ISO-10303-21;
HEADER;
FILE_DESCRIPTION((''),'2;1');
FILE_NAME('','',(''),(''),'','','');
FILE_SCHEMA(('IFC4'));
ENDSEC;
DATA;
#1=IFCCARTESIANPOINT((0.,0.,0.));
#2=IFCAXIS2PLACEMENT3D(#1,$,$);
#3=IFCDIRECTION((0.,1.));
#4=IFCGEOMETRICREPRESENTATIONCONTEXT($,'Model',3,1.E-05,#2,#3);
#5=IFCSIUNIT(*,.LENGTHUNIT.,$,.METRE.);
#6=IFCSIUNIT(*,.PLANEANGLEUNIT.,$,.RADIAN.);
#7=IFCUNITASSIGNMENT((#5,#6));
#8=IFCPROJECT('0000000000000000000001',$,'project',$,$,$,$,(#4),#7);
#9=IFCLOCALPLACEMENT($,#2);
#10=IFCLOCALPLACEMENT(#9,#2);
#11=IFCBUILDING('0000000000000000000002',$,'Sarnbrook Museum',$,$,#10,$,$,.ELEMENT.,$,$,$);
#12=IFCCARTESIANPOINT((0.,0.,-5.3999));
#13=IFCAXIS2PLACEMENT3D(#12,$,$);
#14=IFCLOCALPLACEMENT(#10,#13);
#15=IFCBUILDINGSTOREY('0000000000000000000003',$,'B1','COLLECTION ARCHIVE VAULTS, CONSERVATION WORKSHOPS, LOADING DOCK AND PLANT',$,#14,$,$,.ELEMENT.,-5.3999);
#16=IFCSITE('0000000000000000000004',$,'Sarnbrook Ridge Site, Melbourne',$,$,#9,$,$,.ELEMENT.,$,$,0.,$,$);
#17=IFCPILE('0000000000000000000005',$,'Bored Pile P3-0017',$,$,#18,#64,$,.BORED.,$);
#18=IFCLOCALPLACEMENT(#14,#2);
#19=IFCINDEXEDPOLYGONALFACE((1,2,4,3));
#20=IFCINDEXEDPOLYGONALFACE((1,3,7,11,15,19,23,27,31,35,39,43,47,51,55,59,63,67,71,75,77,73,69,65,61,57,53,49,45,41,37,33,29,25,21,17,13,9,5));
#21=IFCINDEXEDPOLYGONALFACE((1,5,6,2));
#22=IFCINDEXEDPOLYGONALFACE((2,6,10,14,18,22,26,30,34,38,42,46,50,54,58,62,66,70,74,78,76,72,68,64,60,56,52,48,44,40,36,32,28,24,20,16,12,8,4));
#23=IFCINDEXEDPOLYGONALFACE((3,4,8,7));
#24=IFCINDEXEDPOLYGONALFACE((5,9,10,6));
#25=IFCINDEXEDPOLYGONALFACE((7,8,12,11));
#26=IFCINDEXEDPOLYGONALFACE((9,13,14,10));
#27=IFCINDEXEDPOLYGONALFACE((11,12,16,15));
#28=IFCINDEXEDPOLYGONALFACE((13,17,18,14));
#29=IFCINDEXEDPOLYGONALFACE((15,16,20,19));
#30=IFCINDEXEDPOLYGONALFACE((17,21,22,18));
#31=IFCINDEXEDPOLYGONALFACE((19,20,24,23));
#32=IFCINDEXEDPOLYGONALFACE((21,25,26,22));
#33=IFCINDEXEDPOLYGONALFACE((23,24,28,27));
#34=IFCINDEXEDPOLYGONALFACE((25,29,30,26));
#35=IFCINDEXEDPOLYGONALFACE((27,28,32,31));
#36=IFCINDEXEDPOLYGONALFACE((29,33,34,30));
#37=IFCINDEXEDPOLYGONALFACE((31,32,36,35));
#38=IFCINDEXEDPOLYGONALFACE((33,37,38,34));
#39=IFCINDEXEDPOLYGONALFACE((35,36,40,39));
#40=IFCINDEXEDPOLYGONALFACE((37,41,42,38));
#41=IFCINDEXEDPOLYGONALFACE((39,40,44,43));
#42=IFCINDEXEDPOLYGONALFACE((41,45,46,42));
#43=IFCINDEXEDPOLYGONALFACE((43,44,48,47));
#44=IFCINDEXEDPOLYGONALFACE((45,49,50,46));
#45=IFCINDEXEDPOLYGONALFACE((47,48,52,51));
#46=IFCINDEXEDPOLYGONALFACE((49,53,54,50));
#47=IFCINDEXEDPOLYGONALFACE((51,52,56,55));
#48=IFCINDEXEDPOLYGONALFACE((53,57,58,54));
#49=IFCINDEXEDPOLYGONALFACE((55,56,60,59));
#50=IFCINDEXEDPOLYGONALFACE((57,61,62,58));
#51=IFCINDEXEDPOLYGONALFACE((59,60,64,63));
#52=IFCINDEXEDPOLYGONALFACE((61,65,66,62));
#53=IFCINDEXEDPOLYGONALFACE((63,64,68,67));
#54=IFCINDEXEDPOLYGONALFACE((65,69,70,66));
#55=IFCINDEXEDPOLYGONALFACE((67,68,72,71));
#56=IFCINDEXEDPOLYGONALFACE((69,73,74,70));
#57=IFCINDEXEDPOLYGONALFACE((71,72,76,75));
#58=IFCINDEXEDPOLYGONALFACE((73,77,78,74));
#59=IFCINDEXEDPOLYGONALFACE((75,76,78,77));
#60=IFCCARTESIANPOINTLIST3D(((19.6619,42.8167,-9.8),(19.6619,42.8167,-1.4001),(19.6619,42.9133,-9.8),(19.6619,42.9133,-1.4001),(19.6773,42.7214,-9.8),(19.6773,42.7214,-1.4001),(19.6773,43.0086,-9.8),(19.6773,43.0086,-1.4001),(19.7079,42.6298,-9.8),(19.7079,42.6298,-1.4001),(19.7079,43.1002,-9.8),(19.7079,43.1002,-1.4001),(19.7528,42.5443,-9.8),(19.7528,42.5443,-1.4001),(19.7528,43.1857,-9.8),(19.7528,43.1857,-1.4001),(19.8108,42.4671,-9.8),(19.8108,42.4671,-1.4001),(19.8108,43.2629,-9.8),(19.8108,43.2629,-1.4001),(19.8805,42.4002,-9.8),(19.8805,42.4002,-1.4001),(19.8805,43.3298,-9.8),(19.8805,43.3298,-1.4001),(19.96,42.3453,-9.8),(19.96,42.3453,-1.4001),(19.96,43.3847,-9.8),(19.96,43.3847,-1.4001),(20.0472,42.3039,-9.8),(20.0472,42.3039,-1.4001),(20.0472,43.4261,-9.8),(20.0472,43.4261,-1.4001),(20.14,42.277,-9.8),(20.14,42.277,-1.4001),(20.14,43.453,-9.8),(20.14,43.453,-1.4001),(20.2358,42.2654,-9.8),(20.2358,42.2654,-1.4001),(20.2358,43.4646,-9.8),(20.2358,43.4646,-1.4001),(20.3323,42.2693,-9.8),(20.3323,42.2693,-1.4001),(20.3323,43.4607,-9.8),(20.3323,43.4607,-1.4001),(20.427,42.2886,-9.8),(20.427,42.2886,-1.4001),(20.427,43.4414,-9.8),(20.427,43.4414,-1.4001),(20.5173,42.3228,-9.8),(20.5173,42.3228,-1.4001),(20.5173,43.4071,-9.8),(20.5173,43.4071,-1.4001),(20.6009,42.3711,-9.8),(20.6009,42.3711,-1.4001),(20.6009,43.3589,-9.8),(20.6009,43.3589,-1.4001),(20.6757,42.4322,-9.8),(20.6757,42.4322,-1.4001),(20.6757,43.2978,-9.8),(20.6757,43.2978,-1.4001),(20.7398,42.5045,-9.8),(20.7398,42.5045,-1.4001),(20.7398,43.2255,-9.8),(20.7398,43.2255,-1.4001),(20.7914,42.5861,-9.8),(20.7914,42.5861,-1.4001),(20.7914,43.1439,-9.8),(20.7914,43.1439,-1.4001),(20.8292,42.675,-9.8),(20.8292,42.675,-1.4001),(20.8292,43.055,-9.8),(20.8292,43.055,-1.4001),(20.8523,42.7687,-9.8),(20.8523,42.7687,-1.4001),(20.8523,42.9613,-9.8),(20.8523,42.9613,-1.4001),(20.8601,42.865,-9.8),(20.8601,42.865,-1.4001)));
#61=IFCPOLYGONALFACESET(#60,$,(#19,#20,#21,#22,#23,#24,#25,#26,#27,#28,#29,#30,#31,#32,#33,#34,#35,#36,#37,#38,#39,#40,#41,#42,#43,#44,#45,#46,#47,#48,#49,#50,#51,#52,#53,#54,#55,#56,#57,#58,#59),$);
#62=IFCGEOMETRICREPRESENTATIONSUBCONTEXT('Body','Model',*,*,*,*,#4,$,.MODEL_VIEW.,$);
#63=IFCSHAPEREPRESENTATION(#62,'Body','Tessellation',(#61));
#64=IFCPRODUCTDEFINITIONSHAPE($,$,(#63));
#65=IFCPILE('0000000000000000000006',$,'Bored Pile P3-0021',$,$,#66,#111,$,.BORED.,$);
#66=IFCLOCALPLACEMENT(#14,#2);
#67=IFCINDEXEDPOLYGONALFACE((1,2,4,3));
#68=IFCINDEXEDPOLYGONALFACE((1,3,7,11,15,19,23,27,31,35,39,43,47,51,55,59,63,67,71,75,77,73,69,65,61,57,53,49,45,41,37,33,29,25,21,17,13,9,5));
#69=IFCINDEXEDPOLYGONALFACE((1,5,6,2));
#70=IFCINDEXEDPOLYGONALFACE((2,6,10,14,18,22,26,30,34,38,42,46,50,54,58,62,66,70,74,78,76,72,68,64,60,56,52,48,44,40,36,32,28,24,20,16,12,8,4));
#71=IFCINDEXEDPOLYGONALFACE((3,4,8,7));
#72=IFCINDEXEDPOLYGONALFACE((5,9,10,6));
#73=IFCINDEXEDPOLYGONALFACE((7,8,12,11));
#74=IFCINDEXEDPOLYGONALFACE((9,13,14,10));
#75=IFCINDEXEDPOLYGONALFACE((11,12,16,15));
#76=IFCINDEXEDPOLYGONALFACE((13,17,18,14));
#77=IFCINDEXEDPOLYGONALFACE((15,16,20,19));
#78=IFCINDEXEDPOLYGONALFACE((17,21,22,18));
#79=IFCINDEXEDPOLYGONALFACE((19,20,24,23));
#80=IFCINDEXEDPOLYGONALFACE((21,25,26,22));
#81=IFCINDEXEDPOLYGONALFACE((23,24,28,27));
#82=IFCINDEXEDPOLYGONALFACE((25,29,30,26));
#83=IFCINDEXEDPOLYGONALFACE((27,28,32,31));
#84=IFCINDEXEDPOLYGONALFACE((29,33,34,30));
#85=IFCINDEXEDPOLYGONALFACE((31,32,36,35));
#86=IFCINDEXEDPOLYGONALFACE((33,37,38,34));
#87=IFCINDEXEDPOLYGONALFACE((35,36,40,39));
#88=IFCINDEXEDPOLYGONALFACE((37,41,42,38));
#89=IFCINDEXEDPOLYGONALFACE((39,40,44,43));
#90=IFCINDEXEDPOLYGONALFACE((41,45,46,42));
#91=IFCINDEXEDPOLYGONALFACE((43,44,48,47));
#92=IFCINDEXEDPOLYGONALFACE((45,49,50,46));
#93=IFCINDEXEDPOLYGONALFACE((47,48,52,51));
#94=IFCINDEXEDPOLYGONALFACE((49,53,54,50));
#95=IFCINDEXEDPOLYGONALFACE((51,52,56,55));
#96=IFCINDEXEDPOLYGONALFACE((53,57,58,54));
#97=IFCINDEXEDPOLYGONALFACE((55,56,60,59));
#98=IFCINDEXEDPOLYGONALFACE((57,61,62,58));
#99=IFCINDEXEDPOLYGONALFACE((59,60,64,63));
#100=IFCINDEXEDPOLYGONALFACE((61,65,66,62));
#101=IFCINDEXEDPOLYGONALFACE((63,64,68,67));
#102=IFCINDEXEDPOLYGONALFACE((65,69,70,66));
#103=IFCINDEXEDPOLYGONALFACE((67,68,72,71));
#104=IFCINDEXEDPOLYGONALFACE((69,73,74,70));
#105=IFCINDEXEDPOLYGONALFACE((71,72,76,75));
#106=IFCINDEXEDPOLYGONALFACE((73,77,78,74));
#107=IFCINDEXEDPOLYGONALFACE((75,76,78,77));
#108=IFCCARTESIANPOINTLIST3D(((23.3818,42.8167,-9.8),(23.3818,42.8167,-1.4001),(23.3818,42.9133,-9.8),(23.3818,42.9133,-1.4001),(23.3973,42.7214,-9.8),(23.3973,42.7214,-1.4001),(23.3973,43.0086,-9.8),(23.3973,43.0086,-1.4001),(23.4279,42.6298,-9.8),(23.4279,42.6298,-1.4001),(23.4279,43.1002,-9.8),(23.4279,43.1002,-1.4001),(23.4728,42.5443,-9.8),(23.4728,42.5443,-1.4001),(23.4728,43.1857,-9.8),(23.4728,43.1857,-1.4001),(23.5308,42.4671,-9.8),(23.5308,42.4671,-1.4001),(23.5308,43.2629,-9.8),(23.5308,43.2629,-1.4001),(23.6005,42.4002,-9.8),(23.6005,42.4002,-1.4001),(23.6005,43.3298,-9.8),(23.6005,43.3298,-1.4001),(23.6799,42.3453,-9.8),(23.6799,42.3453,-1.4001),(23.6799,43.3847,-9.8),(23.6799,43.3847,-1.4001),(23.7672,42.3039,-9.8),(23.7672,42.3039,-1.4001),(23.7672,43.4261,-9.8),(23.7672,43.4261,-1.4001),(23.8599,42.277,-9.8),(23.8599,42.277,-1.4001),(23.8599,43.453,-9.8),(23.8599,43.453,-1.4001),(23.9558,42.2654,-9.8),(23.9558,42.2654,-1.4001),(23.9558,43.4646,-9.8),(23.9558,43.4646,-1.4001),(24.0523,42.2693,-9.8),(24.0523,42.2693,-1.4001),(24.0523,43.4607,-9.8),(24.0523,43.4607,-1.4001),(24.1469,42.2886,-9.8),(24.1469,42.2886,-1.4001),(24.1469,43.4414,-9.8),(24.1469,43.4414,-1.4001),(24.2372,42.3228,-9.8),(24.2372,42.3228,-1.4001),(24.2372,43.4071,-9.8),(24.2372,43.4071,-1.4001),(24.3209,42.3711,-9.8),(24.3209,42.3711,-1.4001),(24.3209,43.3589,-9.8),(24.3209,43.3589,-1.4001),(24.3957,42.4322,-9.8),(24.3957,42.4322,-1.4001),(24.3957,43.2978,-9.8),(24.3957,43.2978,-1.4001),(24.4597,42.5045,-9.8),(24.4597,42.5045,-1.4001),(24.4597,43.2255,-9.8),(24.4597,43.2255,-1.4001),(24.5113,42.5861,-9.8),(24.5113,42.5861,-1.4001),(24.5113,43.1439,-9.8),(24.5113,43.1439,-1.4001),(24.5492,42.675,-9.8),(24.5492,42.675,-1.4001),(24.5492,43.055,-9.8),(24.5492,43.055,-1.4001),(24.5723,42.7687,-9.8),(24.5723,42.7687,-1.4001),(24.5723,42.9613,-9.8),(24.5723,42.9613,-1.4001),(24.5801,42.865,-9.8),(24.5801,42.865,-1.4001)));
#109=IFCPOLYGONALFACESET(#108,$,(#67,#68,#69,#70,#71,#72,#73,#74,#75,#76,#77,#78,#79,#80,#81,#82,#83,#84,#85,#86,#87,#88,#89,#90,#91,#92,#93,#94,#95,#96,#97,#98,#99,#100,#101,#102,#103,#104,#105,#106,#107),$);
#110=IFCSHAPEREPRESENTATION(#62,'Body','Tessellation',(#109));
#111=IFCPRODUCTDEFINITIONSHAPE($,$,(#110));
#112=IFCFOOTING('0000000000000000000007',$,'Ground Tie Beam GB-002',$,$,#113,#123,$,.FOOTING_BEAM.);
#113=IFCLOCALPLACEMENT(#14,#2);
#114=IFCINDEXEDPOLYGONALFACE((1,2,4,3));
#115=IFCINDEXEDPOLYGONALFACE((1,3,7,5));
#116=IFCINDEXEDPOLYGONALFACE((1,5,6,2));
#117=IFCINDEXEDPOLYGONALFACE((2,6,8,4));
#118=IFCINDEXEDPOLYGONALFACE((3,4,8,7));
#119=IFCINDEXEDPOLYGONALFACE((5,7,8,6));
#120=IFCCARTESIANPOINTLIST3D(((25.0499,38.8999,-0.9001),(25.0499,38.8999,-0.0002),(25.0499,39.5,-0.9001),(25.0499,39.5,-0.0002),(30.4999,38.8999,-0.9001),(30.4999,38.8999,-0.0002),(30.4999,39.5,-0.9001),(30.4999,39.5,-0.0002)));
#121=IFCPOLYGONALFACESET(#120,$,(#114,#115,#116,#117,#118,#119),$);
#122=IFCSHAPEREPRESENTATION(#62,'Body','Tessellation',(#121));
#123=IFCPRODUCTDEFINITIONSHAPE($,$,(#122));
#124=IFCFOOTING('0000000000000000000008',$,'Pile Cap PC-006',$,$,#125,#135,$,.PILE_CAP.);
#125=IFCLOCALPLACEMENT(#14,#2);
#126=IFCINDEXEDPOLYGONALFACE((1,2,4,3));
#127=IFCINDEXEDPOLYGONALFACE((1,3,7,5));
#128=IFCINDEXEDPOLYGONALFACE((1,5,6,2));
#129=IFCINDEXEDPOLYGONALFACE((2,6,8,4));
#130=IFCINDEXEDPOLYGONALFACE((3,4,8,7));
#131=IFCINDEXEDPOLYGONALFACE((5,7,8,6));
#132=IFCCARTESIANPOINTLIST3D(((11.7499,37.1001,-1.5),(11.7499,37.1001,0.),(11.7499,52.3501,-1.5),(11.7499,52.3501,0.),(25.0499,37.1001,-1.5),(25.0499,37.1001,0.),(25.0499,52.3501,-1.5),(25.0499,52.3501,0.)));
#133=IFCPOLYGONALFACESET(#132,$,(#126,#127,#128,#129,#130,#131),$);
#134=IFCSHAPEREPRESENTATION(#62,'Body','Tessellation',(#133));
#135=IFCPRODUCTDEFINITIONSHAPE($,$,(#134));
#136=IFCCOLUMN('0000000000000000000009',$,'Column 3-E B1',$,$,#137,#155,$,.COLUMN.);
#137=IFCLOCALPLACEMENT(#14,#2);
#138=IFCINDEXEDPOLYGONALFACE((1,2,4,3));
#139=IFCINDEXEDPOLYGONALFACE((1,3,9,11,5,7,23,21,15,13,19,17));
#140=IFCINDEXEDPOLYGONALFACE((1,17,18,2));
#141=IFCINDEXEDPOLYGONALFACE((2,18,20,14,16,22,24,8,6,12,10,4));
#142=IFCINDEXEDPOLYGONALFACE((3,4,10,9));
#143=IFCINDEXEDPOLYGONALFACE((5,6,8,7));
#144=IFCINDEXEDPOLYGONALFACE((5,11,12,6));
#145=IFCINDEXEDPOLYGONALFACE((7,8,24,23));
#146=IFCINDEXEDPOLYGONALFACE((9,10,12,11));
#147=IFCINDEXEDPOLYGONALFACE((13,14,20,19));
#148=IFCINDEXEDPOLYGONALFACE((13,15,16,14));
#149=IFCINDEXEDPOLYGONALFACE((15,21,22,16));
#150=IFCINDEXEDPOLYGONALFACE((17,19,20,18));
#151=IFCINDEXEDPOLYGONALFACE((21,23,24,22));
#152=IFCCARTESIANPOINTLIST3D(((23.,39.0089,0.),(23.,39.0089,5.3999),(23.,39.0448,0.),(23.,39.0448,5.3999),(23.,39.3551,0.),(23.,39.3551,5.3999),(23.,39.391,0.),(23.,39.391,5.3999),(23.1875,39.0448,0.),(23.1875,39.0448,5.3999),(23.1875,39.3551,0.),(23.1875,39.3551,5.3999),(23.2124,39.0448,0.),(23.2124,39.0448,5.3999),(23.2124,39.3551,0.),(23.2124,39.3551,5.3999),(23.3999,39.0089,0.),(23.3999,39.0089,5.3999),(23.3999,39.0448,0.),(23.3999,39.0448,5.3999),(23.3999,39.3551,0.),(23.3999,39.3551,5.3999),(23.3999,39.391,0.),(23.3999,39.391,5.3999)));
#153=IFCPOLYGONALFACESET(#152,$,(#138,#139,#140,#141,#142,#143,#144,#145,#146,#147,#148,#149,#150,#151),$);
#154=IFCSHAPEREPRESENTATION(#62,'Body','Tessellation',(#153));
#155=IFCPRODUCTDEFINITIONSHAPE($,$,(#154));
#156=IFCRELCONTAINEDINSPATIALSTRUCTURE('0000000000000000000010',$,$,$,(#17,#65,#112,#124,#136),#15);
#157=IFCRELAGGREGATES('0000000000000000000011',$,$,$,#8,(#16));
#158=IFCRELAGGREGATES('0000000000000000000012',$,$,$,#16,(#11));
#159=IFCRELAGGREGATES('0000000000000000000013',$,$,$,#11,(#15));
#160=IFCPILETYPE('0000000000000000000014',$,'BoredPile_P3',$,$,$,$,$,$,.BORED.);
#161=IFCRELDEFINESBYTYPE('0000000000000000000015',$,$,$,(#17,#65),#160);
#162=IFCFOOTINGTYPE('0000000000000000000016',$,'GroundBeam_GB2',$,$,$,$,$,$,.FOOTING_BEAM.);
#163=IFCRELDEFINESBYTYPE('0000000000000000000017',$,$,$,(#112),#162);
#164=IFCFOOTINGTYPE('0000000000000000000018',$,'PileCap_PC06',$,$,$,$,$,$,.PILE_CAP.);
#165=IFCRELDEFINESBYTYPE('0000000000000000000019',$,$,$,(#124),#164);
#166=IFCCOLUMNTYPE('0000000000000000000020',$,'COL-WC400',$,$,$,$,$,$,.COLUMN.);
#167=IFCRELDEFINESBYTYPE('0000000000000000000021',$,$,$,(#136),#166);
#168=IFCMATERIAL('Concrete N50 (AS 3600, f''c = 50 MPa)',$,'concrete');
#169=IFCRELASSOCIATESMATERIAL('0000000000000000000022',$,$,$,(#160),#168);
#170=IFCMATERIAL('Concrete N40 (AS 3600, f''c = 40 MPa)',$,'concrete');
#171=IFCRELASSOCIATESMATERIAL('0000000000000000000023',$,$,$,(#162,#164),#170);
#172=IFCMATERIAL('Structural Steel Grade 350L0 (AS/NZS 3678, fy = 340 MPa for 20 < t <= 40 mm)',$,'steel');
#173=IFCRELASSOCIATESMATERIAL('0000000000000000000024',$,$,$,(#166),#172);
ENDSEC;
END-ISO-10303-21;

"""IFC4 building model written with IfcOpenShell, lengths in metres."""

from ifc_helpers import new_model, si_unit, direction, frame, origin, origin_2d, place, context, subcontext, project, spatial, rectangle, circle, i_section, extrude, material, material_profile, profile_set, type_object, element, save


model = new_model("IFC4")

# Units and contexts
model_context = context("Model", 3, precision=1e-05, world=origin(), true_north=direction((0.0, 1.0)))
body_context = subcontext(model_context, "Body", "Model", "MODEL_VIEW")
ifc_project = project(units=[si_unit("LENGTHUNIT", "METRE"), si_unit("PLANEANGLEUNIT", "RADIAN")], contexts=[model_context])

# Site, building, storey
site_placement = place(None, origin())
site = spatial("IfcSite", under=ifc_project, at=site_placement, Name="Sarnbrook Ridge Site, Melbourne", CompositionType="ELEMENT", RefElevation=0.0)
building_placement = place(site_placement, origin())
building = spatial("IfcBuilding", under=site, at=building_placement, Name="Sarnbrook Museum", CompositionType="ELEMENT")
storey_placement = place(building_placement, frame((0.0, 0.0, -5.3999)))
storey = spatial("IfcBuildingStorey", under=building, at=storey_placement, Name="B1", Description="COLLECTION ARCHIVE VAULTS, CONSERVATION WORKSHOPS, LOADING DOCK AND PLANT", CompositionType="ELEMENT", Elevation=-5.3999)

# Piles
ifc_material_1 = material(Name="Concrete N50 (AS 3600, f'c = 50 MPa)", Category="concrete")
ifc_material_profile_1 = material_profile(ifc_material_1, circle(Radius=0.6001, at=origin_2d()), Name="BORED PILE D1200")
ifc_profile_set_1 = profile_set([ifc_material_profile_1], Name="Concrete N50 (AS 3600, f'c = 50 MPa)")
pile_type = type_object("IfcPileType", Name="BoredPile_P3", PredefinedType="BORED", material=ifc_profile_set_1)
for number, where, z_axis, x_axis, name in (
    (1, (20.26, 42.865, -1.4001), (0.0, 0.0, -1.0), (1.0, 0.0, 0.0), "Bored Pile P3-0017"),
    (2, (23.98, 42.865, -1.4001), (0.0, 0.0, -1.0), (1.0, 0.0, 0.0), "Bored Pile P3-0021"),
):
    element("IfcPile", number, at=place(storey_placement, frame(where, z_axis=z_axis, x_axis=x_axis)), inside=storey, type_object=pile_type, Name=name, PredefinedType="BORED", context=body_context, shape_type="SweptSolid", body=[
        extrude(circle(Radius=0.6001, at=origin_2d()), origin(), (0.0, 0.0, 1.0), 8.3999),
    ])

# Footings
ifc_material_2 = material(Name="Concrete N40 (AS 3600, f'c = 40 MPa)", Category="concrete")
footing_type_1 = type_object("IfcFootingType", Name="GroundBeam_GB2", PredefinedType="FOOTING_BEAM", material=ifc_material_2)
footing_1_placement = place(storey_placement, frame((27.7749, 39.2, -0.9001), z_axis=(0.0, 0.0, 1.0), x_axis=(1.0, 0.0, 0.0)))
element("IfcFooting", 3, at=footing_1_placement, inside=storey, type_object=footing_type_1, Name="Ground Tie Beam GB-002", PredefinedType="FOOTING_BEAM", context=body_context, shape_type="SweptSolid", body=[
    extrude(rectangle(XDim=5.45, YDim=0.6001, at=origin_2d()), origin(), (0.0, 0.0, 1.0), 0.8999),
])
footing_type_2 = type_object("IfcFootingType", Name="PileCap_PC06", PredefinedType="PILE_CAP", material=ifc_material_2)
footing_2_placement = place(storey_placement, frame((18.3999, 44.7251, -1.5), z_axis=(0.0, 0.0, 1.0), x_axis=(1.0, 0.0, 0.0)))
element("IfcFooting", 4, at=footing_2_placement, inside=storey, type_object=footing_type_2, Name="Pile Cap PC-006", PredefinedType="PILE_CAP", context=body_context, shape_type="SweptSolid", body=[
    extrude(rectangle(XDim=13.3, YDim=15.25, at=origin_2d()), origin(), (0.0, 0.0, 1.0), 1.5),
])

# Column
ifc_material_3 = material(Name="Structural Steel Grade 350L0 (AS/NZS 3678, fy = 340 MPa for 20 < t <= 40 mm)", Category="steel")
ifc_material_profile_2 = material_profile(ifc_material_3, i_section(OverallWidth=0.3999, OverallDepth=0.3821, WebThickness=0.0249, FlangeThickness=0.0359, at=origin_2d()), Name="400WC270")
ifc_profile_set_2 = profile_set([ifc_material_profile_2], Name="Structural Steel Grade 350L0 (AS/NZS 3678, fy = 340 MPa for 20 < t <= 40 mm)")
column_type = type_object("IfcColumnType", Name="COL-WC400", PredefinedType="COLUMN", material=ifc_profile_set_2)
column_placement = place(storey_placement, frame((23.2, 39.2, 0.0), z_axis=(0.0, 0.0, 1.0), x_axis=(1.0, 0.0, 0.0)))
element("IfcColumn", 5, at=column_placement, inside=storey, type_object=column_type, Name="Column 3-E B1", PredefinedType="COLUMN", context=body_context, shape_type="SweptSolid", body=[
    extrude(i_section(OverallWidth=0.3999, OverallDepth=0.3821, WebThickness=0.0249, FlangeThickness=0.0359, at=origin_2d()), origin(), (0.0, 0.0, 1.0), 5.3999),
])

save(model, "model.ifc")
